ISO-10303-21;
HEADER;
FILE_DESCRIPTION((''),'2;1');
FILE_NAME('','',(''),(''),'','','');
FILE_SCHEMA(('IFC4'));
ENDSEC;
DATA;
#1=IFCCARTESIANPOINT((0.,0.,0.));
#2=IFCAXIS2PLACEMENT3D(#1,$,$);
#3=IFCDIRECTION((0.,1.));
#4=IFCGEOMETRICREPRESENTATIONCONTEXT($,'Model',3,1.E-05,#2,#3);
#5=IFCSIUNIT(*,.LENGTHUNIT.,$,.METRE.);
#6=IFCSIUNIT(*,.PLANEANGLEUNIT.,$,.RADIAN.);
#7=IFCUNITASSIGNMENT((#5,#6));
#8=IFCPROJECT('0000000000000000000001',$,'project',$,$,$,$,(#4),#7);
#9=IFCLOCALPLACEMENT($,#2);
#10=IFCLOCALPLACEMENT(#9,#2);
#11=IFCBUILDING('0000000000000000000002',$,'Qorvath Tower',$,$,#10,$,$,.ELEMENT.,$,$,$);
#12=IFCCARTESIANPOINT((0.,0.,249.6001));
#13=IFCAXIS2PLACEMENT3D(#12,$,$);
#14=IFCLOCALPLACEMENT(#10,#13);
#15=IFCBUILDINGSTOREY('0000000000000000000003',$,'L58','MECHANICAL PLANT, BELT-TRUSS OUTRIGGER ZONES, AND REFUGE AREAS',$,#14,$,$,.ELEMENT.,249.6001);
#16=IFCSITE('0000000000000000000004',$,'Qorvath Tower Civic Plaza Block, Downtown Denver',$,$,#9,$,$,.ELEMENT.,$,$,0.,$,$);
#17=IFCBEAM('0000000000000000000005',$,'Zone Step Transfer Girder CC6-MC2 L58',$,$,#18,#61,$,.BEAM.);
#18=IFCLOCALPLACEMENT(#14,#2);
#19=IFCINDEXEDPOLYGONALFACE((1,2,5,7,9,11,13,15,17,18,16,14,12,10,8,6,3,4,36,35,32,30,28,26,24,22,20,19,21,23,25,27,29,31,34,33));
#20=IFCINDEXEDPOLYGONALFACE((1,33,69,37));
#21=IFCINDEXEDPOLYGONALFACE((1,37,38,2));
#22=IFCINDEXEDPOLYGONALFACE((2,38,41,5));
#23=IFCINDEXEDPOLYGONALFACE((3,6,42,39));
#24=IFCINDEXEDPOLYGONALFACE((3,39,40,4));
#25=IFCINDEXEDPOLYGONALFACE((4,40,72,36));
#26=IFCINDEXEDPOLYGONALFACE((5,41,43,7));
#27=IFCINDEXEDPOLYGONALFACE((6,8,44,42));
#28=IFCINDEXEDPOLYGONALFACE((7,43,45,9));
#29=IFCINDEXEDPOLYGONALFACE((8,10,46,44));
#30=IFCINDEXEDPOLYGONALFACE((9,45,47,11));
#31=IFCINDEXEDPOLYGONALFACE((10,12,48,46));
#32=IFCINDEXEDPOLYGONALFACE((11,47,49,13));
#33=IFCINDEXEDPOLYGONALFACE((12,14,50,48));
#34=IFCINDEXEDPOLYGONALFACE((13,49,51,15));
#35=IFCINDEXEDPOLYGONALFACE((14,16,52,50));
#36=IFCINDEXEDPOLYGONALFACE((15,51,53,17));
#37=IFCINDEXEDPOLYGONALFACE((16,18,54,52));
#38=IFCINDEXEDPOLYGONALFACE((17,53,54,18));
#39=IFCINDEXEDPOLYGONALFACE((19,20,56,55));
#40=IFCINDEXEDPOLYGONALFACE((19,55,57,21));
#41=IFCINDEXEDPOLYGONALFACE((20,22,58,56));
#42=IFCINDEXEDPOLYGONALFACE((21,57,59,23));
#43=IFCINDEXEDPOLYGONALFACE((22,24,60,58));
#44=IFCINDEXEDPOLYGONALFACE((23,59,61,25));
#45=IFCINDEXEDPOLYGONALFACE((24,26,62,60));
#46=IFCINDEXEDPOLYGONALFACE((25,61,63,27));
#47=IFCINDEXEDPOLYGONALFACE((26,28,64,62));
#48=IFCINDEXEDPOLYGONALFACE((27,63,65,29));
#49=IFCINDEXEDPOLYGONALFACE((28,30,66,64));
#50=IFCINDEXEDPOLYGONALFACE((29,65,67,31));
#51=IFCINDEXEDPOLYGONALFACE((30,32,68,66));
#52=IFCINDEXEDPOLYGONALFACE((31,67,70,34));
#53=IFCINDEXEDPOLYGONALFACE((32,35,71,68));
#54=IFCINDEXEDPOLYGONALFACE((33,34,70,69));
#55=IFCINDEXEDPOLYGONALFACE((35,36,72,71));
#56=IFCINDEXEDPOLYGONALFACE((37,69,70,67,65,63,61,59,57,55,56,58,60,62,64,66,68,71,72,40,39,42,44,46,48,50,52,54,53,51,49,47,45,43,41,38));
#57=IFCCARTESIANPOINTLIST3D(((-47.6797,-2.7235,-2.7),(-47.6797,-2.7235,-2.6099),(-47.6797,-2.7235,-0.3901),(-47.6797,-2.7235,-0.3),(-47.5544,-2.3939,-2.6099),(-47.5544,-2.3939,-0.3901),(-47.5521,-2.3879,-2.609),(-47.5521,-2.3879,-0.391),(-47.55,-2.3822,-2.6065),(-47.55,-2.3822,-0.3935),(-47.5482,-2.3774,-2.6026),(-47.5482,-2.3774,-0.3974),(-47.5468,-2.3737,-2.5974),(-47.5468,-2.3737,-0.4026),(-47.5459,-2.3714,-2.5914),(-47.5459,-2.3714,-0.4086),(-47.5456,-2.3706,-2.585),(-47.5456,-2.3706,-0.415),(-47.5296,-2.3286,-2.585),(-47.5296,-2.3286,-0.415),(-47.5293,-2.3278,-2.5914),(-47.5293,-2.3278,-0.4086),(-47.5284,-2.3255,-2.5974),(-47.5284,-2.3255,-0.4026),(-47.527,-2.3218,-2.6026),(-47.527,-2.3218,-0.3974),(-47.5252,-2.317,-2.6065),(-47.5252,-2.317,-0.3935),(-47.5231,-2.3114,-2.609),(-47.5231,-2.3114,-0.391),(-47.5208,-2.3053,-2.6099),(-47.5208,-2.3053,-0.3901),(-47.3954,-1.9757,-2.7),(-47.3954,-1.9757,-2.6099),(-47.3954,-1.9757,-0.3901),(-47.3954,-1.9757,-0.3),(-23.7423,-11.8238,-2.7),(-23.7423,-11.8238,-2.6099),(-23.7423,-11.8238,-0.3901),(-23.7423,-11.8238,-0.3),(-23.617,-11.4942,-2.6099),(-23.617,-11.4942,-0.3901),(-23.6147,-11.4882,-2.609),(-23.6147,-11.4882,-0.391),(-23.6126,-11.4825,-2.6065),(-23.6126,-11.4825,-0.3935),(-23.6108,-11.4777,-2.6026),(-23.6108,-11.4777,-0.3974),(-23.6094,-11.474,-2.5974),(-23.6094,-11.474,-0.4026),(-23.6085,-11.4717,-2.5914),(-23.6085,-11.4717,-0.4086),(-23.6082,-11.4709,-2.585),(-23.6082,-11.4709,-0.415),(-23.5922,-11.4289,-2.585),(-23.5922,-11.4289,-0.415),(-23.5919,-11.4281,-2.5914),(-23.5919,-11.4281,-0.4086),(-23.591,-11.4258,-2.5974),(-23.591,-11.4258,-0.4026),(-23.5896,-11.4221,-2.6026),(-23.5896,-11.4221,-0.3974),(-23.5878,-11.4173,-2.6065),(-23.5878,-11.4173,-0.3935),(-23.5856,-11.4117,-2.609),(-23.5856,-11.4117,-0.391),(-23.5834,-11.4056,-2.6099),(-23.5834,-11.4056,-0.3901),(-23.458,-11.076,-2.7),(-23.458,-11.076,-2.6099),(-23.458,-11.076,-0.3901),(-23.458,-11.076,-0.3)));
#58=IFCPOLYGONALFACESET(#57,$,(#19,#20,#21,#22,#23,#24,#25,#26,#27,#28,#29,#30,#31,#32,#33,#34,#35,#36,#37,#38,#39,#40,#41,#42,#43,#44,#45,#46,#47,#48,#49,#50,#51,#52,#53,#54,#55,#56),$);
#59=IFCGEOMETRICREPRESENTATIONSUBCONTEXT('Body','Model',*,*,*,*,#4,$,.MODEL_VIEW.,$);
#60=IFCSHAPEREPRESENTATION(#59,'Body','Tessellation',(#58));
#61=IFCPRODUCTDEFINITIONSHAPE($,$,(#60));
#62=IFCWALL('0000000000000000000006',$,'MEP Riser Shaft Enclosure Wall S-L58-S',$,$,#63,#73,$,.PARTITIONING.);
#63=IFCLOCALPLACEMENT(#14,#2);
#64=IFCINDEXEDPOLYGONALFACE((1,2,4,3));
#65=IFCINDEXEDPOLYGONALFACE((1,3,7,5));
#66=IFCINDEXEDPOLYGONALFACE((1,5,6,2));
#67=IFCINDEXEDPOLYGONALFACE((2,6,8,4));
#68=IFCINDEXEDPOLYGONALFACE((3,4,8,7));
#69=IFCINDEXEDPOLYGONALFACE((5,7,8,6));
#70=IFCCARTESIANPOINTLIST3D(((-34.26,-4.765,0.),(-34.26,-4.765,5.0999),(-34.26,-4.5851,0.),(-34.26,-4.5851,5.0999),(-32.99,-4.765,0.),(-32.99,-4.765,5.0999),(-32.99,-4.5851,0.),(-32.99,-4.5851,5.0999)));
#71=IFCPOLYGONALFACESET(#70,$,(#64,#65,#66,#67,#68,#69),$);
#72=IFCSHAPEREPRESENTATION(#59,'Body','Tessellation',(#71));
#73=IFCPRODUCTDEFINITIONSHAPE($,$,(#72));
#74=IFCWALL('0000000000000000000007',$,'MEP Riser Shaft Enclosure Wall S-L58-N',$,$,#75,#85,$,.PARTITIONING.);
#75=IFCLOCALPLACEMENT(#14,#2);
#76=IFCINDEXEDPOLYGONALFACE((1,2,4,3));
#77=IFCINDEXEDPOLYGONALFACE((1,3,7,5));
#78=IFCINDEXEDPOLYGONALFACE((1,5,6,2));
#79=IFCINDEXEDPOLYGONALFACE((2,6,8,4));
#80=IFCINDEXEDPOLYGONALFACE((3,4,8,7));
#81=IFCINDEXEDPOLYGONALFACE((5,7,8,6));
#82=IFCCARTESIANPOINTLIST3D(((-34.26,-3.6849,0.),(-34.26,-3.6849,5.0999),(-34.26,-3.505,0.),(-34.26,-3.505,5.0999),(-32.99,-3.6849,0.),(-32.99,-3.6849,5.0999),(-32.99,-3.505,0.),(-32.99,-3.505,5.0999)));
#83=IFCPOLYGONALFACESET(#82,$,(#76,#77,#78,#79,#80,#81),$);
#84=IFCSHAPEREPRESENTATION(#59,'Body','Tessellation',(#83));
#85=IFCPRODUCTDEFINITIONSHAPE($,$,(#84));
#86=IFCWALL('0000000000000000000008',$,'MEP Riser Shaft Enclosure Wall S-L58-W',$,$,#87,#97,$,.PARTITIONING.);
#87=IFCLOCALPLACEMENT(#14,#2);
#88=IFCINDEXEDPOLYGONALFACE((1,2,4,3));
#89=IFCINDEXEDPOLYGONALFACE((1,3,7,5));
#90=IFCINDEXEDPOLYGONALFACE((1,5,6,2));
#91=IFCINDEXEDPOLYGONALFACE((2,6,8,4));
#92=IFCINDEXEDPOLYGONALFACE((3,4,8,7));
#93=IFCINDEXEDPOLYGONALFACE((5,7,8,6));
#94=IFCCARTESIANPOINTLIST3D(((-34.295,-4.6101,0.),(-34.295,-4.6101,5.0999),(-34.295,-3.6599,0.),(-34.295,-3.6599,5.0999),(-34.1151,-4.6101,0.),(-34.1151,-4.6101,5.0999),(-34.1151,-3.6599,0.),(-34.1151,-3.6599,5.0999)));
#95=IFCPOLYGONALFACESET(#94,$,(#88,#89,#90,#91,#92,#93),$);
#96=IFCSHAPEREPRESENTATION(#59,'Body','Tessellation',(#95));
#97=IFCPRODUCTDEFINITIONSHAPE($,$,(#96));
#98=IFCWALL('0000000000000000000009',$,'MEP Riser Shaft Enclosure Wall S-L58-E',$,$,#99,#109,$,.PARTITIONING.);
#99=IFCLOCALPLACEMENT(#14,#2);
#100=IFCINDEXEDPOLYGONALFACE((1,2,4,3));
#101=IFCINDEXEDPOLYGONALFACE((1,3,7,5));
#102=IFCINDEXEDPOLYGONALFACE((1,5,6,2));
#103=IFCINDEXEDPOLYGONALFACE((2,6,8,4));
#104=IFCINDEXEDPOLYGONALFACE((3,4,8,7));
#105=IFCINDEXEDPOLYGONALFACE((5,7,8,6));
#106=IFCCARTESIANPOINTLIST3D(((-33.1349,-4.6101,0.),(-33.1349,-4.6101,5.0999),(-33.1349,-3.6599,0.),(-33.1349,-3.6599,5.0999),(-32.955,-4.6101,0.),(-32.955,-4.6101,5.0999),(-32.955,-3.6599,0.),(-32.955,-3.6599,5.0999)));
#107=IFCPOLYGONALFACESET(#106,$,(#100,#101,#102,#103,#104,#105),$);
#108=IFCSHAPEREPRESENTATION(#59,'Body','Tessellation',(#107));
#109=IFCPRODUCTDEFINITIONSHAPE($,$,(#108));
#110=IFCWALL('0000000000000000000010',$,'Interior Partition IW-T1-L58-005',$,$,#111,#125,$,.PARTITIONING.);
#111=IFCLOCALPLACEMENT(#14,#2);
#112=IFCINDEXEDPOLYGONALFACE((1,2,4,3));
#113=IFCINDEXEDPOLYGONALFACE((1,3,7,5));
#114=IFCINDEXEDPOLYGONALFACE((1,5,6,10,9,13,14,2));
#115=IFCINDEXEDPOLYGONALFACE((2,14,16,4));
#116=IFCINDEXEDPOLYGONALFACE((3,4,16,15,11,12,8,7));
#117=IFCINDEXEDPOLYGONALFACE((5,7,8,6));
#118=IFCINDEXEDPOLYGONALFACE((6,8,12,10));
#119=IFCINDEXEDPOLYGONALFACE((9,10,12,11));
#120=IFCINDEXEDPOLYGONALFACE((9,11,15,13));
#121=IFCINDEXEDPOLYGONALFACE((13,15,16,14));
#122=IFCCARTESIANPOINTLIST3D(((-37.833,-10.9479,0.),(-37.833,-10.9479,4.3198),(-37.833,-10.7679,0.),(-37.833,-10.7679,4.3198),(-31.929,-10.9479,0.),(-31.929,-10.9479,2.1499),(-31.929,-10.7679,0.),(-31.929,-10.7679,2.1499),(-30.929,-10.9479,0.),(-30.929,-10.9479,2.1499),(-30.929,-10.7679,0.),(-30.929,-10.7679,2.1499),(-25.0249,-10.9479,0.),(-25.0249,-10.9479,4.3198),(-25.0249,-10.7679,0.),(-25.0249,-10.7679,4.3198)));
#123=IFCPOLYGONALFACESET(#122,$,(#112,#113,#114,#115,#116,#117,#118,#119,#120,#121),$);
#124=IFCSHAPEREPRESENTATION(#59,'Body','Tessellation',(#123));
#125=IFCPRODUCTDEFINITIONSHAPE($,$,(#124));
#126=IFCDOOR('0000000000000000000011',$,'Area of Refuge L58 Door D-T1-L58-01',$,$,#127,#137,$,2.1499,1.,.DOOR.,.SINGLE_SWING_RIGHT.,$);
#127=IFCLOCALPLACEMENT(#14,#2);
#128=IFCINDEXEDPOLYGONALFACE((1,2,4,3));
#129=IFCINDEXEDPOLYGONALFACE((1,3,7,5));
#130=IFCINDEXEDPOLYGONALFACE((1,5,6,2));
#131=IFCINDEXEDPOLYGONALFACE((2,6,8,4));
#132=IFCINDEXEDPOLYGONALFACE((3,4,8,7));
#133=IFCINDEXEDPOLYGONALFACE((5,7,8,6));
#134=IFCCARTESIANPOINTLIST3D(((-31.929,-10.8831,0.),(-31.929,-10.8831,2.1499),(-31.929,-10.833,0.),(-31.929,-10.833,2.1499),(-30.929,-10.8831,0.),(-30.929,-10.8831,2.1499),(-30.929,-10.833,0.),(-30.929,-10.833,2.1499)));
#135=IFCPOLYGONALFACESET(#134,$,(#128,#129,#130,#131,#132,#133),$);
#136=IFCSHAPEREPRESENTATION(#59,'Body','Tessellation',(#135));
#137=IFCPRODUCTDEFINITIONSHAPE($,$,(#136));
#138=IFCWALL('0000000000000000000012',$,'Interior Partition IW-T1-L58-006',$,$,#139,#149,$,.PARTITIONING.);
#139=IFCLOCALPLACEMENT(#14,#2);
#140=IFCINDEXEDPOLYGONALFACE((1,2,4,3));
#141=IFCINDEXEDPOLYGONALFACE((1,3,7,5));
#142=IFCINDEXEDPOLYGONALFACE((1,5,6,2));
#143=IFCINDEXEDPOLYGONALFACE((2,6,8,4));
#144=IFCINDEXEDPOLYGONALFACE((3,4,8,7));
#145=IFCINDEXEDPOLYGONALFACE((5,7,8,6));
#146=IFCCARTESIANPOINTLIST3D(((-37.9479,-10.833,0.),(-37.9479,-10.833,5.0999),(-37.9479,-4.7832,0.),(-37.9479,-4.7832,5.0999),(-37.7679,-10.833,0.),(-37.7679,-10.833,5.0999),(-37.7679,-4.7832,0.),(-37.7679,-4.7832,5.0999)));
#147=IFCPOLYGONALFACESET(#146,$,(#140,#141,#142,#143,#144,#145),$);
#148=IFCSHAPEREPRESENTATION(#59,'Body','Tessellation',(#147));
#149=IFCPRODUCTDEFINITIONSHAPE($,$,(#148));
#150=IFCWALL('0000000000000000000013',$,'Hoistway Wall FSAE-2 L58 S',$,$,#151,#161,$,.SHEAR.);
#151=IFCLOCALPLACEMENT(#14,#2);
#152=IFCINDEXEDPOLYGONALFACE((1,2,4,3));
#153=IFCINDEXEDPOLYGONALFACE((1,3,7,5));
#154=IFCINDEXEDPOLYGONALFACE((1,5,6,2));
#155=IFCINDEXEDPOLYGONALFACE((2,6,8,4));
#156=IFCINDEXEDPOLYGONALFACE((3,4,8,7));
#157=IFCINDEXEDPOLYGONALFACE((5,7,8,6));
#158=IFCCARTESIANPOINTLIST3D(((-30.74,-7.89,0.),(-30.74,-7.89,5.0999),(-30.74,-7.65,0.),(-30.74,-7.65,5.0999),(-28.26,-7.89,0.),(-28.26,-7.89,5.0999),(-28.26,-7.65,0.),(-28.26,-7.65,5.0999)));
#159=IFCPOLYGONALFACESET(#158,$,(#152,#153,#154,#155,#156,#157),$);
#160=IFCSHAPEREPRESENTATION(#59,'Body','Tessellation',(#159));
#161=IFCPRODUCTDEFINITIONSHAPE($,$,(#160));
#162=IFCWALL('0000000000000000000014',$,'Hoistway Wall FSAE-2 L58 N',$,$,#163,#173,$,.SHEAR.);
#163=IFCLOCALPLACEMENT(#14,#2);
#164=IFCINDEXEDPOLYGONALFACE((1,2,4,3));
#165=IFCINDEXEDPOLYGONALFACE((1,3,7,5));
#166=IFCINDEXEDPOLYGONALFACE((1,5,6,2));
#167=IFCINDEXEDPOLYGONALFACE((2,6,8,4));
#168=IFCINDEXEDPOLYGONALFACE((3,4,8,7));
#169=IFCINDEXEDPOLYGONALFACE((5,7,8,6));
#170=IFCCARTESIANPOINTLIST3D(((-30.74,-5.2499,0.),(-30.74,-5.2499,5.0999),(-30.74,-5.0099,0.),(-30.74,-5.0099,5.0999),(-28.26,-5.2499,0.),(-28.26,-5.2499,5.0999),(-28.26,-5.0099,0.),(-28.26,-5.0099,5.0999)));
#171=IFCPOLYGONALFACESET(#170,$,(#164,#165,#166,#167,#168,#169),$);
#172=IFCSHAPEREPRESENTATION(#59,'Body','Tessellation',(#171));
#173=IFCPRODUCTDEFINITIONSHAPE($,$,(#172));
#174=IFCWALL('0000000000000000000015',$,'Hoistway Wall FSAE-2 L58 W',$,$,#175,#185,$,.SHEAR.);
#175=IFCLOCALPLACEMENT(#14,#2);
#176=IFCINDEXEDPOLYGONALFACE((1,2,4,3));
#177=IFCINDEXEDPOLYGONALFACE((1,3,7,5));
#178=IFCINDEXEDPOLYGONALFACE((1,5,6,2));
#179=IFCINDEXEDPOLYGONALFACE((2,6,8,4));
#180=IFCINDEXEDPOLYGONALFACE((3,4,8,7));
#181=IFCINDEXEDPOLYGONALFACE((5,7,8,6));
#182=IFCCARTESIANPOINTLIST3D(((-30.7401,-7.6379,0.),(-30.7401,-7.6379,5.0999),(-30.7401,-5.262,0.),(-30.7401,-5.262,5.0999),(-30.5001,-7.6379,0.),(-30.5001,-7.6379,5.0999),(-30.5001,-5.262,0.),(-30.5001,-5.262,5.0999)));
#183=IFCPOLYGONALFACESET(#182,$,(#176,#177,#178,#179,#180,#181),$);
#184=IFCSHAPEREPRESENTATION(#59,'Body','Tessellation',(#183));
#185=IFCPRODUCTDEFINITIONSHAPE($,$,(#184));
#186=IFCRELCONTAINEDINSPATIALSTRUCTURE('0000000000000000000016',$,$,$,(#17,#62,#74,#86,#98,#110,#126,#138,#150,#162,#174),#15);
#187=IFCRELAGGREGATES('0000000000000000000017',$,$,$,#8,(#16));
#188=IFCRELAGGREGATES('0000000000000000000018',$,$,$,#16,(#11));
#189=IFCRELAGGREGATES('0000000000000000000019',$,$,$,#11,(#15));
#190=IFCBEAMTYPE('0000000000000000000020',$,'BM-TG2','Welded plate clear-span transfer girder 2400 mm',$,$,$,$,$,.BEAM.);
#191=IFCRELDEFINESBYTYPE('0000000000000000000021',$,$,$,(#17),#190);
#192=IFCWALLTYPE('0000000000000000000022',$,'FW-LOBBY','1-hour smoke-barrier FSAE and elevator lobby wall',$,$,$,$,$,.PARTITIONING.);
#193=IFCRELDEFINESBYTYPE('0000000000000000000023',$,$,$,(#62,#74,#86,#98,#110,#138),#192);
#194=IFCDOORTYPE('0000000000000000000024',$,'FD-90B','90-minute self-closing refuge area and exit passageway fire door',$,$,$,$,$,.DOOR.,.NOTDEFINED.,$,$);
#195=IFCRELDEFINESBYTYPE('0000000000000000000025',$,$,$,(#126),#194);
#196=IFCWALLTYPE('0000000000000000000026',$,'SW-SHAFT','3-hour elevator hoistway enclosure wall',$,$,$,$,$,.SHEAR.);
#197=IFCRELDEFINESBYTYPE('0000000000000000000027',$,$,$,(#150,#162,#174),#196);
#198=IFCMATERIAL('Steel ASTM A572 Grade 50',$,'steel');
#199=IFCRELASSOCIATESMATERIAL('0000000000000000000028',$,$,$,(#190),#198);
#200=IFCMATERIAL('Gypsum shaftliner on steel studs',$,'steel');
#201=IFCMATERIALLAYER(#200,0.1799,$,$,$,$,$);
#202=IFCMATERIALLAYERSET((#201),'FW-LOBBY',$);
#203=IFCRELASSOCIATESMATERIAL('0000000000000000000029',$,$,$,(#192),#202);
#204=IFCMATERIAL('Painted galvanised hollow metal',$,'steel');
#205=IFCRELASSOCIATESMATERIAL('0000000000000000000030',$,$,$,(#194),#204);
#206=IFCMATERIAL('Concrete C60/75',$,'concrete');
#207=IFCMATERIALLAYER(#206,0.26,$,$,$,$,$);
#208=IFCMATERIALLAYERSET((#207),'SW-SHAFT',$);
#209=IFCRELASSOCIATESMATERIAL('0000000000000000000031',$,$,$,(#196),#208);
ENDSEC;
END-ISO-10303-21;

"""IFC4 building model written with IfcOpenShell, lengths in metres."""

from ifc_helpers import new_model, si_unit, direction, frame, frame_2d, origin, origin_2d, place, context, subcontext, project, spatial, rectangle, i_section, extrude, material, layer, layer_set, material_profile, profile_set, type_object, element, fill, save


model = new_model("IFC4")

# Units and contexts
model_context = context("Model", 3, precision=1e-05, world=origin(), true_north=direction((0.0, 1.0)))
body_context = subcontext(model_context, "Body", "Model", "MODEL_VIEW")
ifc_project = project(units=[si_unit("LENGTHUNIT", "METRE"), si_unit("PLANEANGLEUNIT", "RADIAN")], contexts=[model_context])

# Site, building, storey
site_placement = place(None, origin())
site = spatial("IfcSite", under=ifc_project, at=site_placement, Name="Qorvath Tower Civic Plaza Block, Downtown Denver", CompositionType="ELEMENT", RefElevation=0.0)
building_placement = place(site_placement, origin())
building = spatial("IfcBuilding", under=site, at=building_placement, Name="Qorvath Tower", CompositionType="ELEMENT")
storey_placement = place(building_placement, frame((0.0, 0.0, 249.6001)))
storey = spatial("IfcBuildingStorey", under=building, at=storey_placement, Name="L58", Description="MECHANICAL PLANT, BELT-TRUSS OUTRIGGER ZONES, AND REFUGE AREAS", CompositionType="ELEMENT", Elevation=249.6001)

# Beam
ifc_material_1 = material(Name="Steel ASTM A572 Grade 50", Category="steel")
ifc_material_profile_1 = material_profile(ifc_material_1, i_section(OverallWidth=0.8, OverallDepth=2.3999, WebThickness=0.0449, FlangeThickness=0.0901, FilletRadius=0.0249, at=origin_2d()), Name="WTG 2400x800")
ifc_profile_set_1 = profile_set([ifc_material_profile_1], Name="Steel ASTM A572 Grade 50")
beam_type_1 = type_object("IfcBeamType", Name="BM-TG2", Description="Welded plate clear-span transfer girder 2400 mm", PredefinedType="BEAM", material=ifc_profile_set_1)
beam_1_placement = place(storey_placement, frame((-47.5376, -2.3496, -1.5), z_axis=(0.934731, -0.355357, 0.0), x_axis=(0.355357, 0.934731, 0.0)))
element("IfcBeam", 1, at=beam_1_placement, inside=storey, type_object=beam_type_1, Name="Zone Step Transfer Girder CC6-MC2 L58", PredefinedType="BEAM", context=body_context, shape_type="SweptSolid", body=[
    extrude(i_section(OverallWidth=0.8, OverallDepth=2.3999, WebThickness=0.0449, FlangeThickness=0.0901, FilletRadius=0.0249, at=origin_2d()), origin(), (0.0, 0.0, 1.0), 25.6089),
])

# Walls
ifc_material_2 = material(Name="Gypsum shaftliner on steel studs", Category="steel")
ifc_layer_1 = layer(ifc_material_2, 0.1799)
ifc_layer_set_1 = layer_set([ifc_layer_1], Name="FW-LOBBY")
wall_type_1 = type_object("IfcWallType", Name="FW-LOBBY", Description="1-hour smoke-barrier FSAE and elevator lobby wall", PredefinedType="PARTITIONING", material=ifc_layer_set_1)
for number, where, z_axis, x_axis, name in (
    (2, (-32.99, -4.675, 0.0), (0.0, 0.0, 1.0), (-1.0, 0.0, 0.0), "MEP Riser Shaft Enclosure Wall S-L58-S"),
    (3, (-34.26, -3.595, 0.0), (0.0, 0.0, 1.0), (1.0, 0.0, 0.0), "MEP Riser Shaft Enclosure Wall S-L58-N"),
):
    element("IfcWall", number, at=place(storey_placement, frame(where, z_axis=z_axis, x_axis=x_axis)), inside=storey, type_object=wall_type_1, Name=name, PredefinedType="PARTITIONING", context=body_context, shape_type="SweptSolid", body=[
        extrude(rectangle(XDim=1.27, YDim=0.1799, at=frame_2d((0.635, 0.0))), origin(), (0.0, 0.0, 1.0), 5.0999),
    ])
for number, where, z_axis, x_axis, name in (
    (4, (-34.2051, -4.6101, 0.0), (0.0, 0.0, 1.0), (0.0, 1.0, 0.0), "MEP Riser Shaft Enclosure Wall S-L58-W"),
    (5, (-33.0449, -3.6599, 0.0), (0.0, 0.0, 1.0), (0.0, -1.0, 0.0), "MEP Riser Shaft Enclosure Wall S-L58-E"),
):
    element("IfcWall", number, at=place(storey_placement, frame(where, z_axis=z_axis, x_axis=x_axis)), inside=storey, type_object=wall_type_1, Name=name, PredefinedType="PARTITIONING", context=body_context, shape_type="SweptSolid", body=[
        extrude(rectangle(XDim=0.9502, YDim=0.1799, at=frame_2d((0.4751, 0.0))), origin(), (0.0, 0.0, 1.0), 5.0999),
    ])

# Wall, opening, door
wall_1_placement = place(storey_placement, frame((-37.833, -10.8579, 0.0), z_axis=(0.0, 0.0, 1.0), x_axis=(1.0, 0.0, 0.0)))
wall_1 = element("IfcWall", 6, at=wall_1_placement, inside=storey, type_object=wall_type_1, Name="Interior Partition IW-T1-L58-005", PredefinedType="PARTITIONING", context=body_context, shape_type="SweptSolid", body=[
    extrude(rectangle(XDim=12.8081, YDim=0.1799, at=frame_2d((6.4041, 0.0))), origin(), (0.0, 0.0, 1.0), 4.3198),
])
opening_1_placement = place(wall_1_placement, frame((5.9041, 0.0, 0.0)))
opening_1 = element("IfcOpeningElement", 7, at=opening_1_placement, cuts=wall_1, PredefinedType="OPENING", context=body_context, shape_type="SweptSolid", body=[
    extrude(rectangle(XDim=1.0, YDim=2.1499, at=frame_2d((0.5, 1.075))), frame((0.0, 0.1001, 0.0), z_axis=(0.0, -1.0, 0.0), x_axis=(1.0, 0.0, 0.0)), (0.0, 0.0, 1.0), 0.2),
])
ifc_material_3 = material(Name="Painted galvanised hollow metal", Category="steel")
door_type_1 = type_object("IfcDoorType", Name="FD-90B", Description="90-minute self-closing refuge area and exit passageway fire door", OperationType="NOTDEFINED", PredefinedType="DOOR", material=ifc_material_3)
door_1_placement = place(opening_1_placement, origin())
door_1 = element("IfcDoor", 8, at=door_1_placement, inside=storey, type_object=door_type_1, Name="Area of Refuge L58 Door D-T1-L58-01", OperationType="SINGLE_SWING_RIGHT", OverallHeight=2.1499, OverallWidth=1.0, PredefinedType="DOOR", context=body_context, shape_type="SweptSolid", body=[
    extrude(rectangle(XDim=1.0, YDim=2.1499, at=frame_2d((0.5, 1.075))), frame((0.0, 0.0249, 0.0), z_axis=(0.0, -1.0, 0.0), x_axis=(1.0, 0.0, 0.0)), (0.0, 0.0, 1.0), 0.05),
])
fill(opening_1, door_1)

# Walls
wall_2_placement = place(storey_placement, frame((-37.8579, -10.833, 0.0), z_axis=(0.0, 0.0, 1.0), x_axis=(0.0, 1.0, 0.0)))
element("IfcWall", 9, at=wall_2_placement, inside=storey, type_object=wall_type_1, Name="Interior Partition IW-T1-L58-006", PredefinedType="PARTITIONING", context=body_context, shape_type="SweptSolid", body=[
    extrude(rectangle(XDim=6.0498, YDim=0.1799, at=frame_2d((3.0249, 0.0))), origin(), (0.0, 0.0, 1.0), 5.0999),
])
ifc_material_4 = material(Name="Concrete C60/75", Category="concrete")
ifc_layer_2 = layer(ifc_material_4, 0.26)
ifc_layer_set_2 = layer_set([ifc_layer_2], Name="SW-SHAFT")
wall_type_2 = type_object("IfcWallType", Name="SW-SHAFT", Description="3-hour elevator hoistway enclosure wall", PredefinedType="SHEAR", material=ifc_layer_set_2)
for number, where, z_axis, x_axis, name in (
    (10, (-28.26, -7.77, 0.0), (0.0, 0.0, 1.0), (-1.0, 0.0, 0.0), "Hoistway Wall FSAE-2 L58 S"),
    (11, (-30.74, -5.1299, 0.0), (0.0, 0.0, 1.0), (1.0, 0.0, 0.0), "Hoistway Wall FSAE-2 L58 N"),
):
    element("IfcWall", number, at=place(storey_placement, frame(where, z_axis=z_axis, x_axis=x_axis)), inside=storey, type_object=wall_type_2, Name=name, PredefinedType="SHEAR", context=body_context, shape_type="SweptSolid", body=[
        extrude(rectangle(XDim=2.48, YDim=0.24, at=frame_2d((1.24, 0.0))), origin(), (0.0, 0.0, 1.0), 5.0999),
    ])
wall_3_placement = place(storey_placement, frame((-30.6201, -7.6379, 0.0), z_axis=(0.0, 0.0, 1.0), x_axis=(0.0, 1.0, 0.0)))
element("IfcWall", 12, at=wall_3_placement, inside=storey, type_object=wall_type_2, Name="Hoistway Wall FSAE-2 L58 W", PredefinedType="SHEAR", context=body_context, shape_type="SweptSolid", body=[
    extrude(rectangle(XDim=2.376, YDim=0.24, at=frame_2d((1.188, 0.0))), origin(), (0.0, 0.0, 1.0), 5.0999),
])

save(model, "model.ifc")
